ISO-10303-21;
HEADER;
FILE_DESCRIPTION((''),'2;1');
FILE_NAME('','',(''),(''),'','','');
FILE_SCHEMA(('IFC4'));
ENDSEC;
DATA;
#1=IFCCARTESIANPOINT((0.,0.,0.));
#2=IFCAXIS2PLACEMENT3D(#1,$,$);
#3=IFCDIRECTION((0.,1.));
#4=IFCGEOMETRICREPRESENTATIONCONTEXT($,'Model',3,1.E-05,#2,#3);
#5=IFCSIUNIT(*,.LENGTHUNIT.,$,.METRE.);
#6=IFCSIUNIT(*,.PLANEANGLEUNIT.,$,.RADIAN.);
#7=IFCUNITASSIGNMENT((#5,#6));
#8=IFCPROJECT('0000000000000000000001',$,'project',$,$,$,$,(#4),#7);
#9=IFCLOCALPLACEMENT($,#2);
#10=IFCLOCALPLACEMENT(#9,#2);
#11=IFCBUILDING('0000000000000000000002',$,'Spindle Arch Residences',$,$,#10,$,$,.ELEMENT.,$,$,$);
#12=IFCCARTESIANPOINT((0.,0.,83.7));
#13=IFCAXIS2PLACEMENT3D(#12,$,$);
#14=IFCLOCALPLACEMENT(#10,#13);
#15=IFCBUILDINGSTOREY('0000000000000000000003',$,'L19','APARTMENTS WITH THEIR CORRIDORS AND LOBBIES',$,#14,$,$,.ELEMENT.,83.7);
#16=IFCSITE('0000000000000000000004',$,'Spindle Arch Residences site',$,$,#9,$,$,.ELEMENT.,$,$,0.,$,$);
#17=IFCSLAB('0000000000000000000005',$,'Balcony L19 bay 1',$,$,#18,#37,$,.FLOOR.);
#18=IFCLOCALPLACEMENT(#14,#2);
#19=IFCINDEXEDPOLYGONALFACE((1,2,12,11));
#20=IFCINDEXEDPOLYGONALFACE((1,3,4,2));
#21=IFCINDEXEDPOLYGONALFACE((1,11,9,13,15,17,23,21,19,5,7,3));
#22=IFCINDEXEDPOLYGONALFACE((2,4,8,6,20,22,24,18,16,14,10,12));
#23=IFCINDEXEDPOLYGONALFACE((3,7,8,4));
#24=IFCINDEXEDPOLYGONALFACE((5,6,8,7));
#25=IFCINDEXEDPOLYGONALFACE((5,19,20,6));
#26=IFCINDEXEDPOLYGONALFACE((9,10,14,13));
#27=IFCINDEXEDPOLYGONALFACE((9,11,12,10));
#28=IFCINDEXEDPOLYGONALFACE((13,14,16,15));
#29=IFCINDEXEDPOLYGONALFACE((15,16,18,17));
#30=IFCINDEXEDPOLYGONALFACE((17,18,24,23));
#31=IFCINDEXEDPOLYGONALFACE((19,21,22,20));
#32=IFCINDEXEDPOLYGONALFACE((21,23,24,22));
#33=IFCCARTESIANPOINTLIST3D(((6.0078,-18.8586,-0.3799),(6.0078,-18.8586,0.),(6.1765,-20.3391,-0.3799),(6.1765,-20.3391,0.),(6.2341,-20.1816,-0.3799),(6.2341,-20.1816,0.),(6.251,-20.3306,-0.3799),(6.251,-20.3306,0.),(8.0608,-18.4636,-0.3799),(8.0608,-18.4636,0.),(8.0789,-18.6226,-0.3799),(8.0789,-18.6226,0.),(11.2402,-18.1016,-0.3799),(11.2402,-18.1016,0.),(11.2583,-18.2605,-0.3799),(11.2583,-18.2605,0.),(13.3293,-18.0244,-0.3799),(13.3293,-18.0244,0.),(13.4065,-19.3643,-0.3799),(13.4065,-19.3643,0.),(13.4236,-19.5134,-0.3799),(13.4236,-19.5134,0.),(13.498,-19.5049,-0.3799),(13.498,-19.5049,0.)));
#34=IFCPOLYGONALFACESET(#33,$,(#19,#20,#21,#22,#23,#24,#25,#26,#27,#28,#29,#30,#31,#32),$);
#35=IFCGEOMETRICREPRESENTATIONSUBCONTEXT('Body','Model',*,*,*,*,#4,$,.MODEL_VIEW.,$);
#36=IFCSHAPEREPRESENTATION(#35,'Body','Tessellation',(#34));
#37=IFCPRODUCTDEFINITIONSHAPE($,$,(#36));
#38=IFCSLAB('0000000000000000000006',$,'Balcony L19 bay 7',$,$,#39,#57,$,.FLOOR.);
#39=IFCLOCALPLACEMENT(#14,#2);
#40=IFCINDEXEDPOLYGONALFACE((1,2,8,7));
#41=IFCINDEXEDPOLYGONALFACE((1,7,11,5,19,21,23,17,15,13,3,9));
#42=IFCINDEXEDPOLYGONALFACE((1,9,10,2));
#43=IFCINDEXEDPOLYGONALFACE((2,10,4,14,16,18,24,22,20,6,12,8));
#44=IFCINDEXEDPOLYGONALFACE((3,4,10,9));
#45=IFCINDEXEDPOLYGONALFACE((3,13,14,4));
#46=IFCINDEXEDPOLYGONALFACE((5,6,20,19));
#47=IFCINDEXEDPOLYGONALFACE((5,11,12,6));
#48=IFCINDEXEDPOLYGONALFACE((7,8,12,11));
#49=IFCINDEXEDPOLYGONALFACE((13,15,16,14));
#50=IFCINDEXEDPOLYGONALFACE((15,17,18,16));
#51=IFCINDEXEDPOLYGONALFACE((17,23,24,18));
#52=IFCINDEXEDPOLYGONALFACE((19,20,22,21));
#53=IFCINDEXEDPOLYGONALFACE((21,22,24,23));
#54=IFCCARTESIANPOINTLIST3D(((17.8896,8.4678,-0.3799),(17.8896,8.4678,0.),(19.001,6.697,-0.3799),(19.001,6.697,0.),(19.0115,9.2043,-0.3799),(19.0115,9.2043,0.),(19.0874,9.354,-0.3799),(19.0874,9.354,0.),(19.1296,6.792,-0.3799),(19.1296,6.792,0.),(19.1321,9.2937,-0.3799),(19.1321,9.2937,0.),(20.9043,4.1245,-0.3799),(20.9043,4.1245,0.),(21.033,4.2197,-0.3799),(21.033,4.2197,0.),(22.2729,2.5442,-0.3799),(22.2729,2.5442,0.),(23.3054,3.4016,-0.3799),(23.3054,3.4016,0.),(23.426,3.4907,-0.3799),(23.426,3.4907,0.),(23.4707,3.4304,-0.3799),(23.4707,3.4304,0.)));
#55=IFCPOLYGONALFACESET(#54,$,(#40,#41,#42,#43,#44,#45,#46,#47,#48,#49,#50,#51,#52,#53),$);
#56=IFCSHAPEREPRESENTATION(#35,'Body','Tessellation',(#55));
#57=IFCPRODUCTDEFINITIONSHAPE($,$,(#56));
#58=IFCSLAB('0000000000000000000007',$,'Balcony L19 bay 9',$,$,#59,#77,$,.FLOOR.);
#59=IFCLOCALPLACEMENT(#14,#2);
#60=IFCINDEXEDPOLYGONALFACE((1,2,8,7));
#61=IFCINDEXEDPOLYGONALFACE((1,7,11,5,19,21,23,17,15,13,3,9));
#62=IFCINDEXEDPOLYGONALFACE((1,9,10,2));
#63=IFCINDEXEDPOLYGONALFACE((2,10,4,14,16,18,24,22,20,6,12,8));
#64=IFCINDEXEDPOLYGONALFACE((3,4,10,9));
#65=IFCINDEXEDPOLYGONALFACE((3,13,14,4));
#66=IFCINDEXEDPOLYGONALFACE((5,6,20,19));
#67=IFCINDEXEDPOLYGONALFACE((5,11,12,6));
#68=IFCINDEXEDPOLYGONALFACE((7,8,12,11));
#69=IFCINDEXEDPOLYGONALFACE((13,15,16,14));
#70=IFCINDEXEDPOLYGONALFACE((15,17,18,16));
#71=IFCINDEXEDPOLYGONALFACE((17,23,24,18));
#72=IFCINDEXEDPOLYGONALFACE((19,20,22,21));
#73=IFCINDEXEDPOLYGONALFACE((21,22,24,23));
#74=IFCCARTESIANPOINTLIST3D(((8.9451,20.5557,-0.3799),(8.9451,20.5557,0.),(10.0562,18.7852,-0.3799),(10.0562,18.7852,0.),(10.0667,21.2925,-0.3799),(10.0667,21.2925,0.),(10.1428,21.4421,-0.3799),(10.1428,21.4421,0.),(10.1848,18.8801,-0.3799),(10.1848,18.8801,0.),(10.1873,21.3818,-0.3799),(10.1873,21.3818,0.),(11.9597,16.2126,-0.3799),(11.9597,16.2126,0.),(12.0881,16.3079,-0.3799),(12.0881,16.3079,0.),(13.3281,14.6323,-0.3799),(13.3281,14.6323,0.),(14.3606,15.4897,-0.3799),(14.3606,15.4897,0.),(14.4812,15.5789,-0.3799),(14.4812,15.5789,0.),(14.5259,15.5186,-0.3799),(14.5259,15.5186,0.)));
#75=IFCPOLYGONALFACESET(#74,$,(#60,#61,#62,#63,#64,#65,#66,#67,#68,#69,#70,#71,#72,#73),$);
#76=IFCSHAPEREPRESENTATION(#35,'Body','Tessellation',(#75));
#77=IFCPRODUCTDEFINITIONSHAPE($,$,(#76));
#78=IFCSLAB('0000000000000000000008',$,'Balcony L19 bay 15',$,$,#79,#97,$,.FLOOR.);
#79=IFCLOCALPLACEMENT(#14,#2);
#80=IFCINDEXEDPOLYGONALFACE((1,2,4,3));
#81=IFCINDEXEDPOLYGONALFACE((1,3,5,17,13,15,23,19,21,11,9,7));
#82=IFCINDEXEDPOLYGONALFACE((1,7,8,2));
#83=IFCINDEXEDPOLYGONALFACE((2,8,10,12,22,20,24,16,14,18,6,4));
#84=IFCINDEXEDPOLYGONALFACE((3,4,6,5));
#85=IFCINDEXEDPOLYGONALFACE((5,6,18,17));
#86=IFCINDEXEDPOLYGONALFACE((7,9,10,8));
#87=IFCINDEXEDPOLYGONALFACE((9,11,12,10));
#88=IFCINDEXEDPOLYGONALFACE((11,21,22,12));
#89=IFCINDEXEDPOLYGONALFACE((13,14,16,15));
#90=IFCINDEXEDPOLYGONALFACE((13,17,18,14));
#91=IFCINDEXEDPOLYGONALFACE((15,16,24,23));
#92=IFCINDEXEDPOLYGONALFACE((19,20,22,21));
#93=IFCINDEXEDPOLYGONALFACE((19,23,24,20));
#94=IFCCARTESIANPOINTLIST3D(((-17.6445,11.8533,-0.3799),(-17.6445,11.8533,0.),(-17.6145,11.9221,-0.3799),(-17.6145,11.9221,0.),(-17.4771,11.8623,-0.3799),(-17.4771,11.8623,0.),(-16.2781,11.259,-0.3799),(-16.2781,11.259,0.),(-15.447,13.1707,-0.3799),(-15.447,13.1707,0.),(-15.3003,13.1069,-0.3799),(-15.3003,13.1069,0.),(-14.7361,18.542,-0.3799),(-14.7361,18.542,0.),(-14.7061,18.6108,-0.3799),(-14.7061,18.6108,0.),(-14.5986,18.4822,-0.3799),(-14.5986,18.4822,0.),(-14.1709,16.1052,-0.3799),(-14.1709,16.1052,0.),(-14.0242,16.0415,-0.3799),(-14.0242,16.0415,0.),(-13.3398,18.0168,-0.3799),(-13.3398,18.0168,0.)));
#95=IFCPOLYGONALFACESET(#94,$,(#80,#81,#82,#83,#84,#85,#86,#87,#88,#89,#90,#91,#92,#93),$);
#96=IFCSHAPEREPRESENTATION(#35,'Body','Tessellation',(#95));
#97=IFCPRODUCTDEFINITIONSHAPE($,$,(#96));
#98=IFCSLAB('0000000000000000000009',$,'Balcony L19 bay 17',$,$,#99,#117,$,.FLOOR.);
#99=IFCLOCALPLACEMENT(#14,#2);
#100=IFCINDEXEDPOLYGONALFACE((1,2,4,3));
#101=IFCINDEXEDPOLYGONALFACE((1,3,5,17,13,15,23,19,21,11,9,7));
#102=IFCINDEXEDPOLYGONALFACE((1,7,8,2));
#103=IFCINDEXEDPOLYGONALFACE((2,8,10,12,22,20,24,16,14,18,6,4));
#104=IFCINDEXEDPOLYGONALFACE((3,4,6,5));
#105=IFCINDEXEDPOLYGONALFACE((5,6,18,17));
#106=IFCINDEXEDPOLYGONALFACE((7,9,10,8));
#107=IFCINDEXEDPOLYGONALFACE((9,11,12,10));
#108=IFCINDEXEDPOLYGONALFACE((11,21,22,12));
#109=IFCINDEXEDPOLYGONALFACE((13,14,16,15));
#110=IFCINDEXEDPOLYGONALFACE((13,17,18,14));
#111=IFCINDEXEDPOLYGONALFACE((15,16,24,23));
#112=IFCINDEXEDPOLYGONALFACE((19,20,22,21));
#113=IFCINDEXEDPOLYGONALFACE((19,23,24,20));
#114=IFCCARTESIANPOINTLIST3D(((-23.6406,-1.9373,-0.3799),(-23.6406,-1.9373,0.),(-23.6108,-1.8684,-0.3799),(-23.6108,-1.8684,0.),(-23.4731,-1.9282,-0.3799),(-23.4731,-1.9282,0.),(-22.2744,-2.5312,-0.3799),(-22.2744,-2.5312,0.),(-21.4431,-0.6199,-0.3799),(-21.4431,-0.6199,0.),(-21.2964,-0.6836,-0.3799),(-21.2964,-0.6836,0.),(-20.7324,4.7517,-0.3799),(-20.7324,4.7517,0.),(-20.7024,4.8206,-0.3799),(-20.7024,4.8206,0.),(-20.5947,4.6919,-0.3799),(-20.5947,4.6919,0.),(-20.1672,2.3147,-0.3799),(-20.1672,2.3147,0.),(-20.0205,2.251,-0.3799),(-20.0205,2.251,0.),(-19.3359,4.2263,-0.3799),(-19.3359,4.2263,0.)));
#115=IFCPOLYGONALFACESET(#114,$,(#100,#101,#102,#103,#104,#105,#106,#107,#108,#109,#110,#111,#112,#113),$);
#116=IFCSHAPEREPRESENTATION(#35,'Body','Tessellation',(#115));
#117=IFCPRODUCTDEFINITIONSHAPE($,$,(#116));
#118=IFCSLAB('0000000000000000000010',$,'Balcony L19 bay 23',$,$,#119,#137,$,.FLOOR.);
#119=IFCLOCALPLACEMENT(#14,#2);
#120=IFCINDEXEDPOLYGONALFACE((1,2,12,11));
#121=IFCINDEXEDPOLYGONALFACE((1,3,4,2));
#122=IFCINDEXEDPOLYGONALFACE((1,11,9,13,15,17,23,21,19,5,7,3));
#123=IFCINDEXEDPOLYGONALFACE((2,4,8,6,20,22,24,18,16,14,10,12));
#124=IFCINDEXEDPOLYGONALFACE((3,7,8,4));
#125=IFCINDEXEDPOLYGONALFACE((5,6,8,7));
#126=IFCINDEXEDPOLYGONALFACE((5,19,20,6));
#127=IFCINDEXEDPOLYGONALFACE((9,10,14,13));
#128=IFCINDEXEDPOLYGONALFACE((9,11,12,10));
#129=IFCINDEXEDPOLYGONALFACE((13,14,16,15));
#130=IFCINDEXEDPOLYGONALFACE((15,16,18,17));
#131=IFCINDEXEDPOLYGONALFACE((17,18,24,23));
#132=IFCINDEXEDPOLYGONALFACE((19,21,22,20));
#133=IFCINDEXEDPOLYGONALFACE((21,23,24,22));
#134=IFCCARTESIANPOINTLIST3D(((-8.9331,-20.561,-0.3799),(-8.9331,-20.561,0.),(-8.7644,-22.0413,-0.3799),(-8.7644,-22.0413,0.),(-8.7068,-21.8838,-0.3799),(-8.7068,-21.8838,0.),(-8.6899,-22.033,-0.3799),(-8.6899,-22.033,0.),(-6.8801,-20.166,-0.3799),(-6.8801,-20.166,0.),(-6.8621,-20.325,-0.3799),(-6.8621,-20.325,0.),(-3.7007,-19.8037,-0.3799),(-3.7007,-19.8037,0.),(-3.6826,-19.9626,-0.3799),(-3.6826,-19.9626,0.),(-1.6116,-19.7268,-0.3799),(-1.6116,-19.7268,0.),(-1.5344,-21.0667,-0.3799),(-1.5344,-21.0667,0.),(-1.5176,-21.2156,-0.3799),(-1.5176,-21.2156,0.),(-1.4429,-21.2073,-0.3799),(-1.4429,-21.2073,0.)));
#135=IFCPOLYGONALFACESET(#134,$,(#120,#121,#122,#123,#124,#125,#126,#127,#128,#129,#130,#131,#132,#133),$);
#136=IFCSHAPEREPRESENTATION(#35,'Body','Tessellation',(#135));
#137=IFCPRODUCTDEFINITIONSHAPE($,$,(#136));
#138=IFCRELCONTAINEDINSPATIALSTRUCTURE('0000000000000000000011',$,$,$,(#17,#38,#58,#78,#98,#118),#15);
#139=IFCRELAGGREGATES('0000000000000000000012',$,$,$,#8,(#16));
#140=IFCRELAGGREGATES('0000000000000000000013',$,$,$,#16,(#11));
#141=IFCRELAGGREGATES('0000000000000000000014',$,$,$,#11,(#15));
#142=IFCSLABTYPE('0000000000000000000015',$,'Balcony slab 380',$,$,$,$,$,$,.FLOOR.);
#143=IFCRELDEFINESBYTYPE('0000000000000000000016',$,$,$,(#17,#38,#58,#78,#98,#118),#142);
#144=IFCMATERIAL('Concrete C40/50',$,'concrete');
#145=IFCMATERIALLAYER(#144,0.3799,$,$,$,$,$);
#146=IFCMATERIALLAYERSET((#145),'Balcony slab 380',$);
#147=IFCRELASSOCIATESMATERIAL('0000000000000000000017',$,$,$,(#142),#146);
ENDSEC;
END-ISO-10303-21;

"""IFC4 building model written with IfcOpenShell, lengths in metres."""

from ifc_helpers import new_model, si_unit, direction, frame, origin, place, context, subcontext, project, spatial, polyline, outline, extrude, material, layer, layer_set, type_object, element, save


model = new_model("IFC4")

# Units and contexts
model_context = context("Model", 3, precision=1e-05, world=origin(), true_north=direction((0.0, 1.0)))
body_context = subcontext(model_context, "Body", "Model", "MODEL_VIEW")
ifc_project = project(units=[si_unit("LENGTHUNIT", "METRE"), si_unit("PLANEANGLEUNIT", "RADIAN")], contexts=[model_context])

# Site, building, storey
site_placement = place(None, origin())
site = spatial("IfcSite", under=ifc_project, at=site_placement, Name="Spindle Arch Residences site", CompositionType="ELEMENT", RefElevation=0.0)
building_placement = place(site_placement, origin())
building = spatial("IfcBuilding", under=site, at=building_placement, Name="Spindle Arch Residences", CompositionType="ELEMENT")
storey_placement = place(building_placement, frame((0.0, 0.0, 83.7)))
storey = spatial("IfcBuildingStorey", under=building, at=storey_placement, Name="L19", Description="APARTMENTS WITH THEIR CORRIDORS AND LOBBIES", CompositionType="ELEMENT", Elevation=83.7)

# Slabs
ifc_material_1 = material(Name="Concrete C40/50", Category="concrete")
ifc_layer_1 = layer(ifc_material_1, 0.3799)
ifc_layer_set_1 = layer_set([ifc_layer_1], Name="Balcony slab 380")
slab_type_1 = type_object("IfcSlabType", Name="Balcony slab 380", PredefinedType="FLOOR", material=ifc_layer_set_1)
slab_1_placement = place(storey_placement, frame((0.0, 0.0, -0.3799)))
element("IfcSlab", 1, at=slab_1_placement, inside=storey, type_object=slab_type_1, Name="Balcony L19 bay 1", PredefinedType="FLOOR", context=body_context, shape_type="SweptSolid", body=[
    extrude(outline(polyline([(6.1765, -20.3391), (6.251, -20.3306), (6.2341, -20.1816), (13.4065, -19.3643), (13.4236, -19.5134), (13.498, -19.5049), (13.3293, -18.0244), (11.2583, -18.2605), (11.2402, -18.1016), (8.0608, -18.4636), (8.0789, -18.6226), (6.0078, -18.8586), (6.1765, -20.3391)])), origin(), (0.0, 0.0, 1.0), 0.3799),
])
slab_2_placement = place(storey_placement, frame((0.0, 0.0, -0.3799)))
element("IfcSlab", 2, at=slab_2_placement, inside=storey, type_object=slab_type_1, Name="Balcony L19 bay 7", PredefinedType="FLOOR", context=body_context, shape_type="SweptSolid", body=[
    extrude(outline(polyline([(23.4707, 3.4304), (23.426, 3.4907), (23.3054, 3.4016), (19.0115, 9.2043), (19.1321, 9.2937), (19.0874, 9.354), (17.8896, 8.4678), (19.1296, 6.792), (19.001, 6.697), (20.9043, 4.1245), (21.033, 4.2197), (22.2729, 2.5442), (23.4707, 3.4304)])), origin(), (0.0, 0.0, 1.0), 0.3799),
])
slab_3_placement = place(storey_placement, frame((0.0, 0.0, -0.3799)))
element("IfcSlab", 3, at=slab_3_placement, inside=storey, type_object=slab_type_1, Name="Balcony L19 bay 9", PredefinedType="FLOOR", context=body_context, shape_type="SweptSolid", body=[
    extrude(outline(polyline([(14.5259, 15.5186), (14.4812, 15.5789), (14.3606, 15.4897), (10.0667, 21.2925), (10.1873, 21.3818), (10.1428, 21.4421), (8.9451, 20.5557), (10.1848, 18.8801), (10.0562, 18.7852), (11.9597, 16.2126), (12.0881, 16.3079), (13.3281, 14.6323), (14.5259, 15.5186)])), origin(), (0.0, 0.0, 1.0), 0.3799),
])
slab_4_placement = place(storey_placement, frame((0.0, 0.0, -0.3799)))
element("IfcSlab", 4, at=slab_4_placement, inside=storey, type_object=slab_type_1, Name="Balcony L19 bay 15", PredefinedType="FLOOR", context=body_context, shape_type="SweptSolid", body=[
    extrude(outline(polyline([(-14.7061, 18.6108), (-14.7361, 18.542), (-14.5986, 18.4822), (-17.4771, 11.8623), (-17.6145, 11.9221), (-17.6445, 11.8533), (-16.2781, 11.259), (-15.447, 13.1707), (-15.3003, 13.1069), (-14.0242, 16.0415), (-14.1709, 16.1052), (-13.3398, 18.0168), (-14.7061, 18.6108)])), origin(), (0.0, 0.0, 1.0), 0.3799),
])
slab_5_placement = place(storey_placement, frame((0.0, 0.0, -0.3799)))
element("IfcSlab", 5, at=slab_5_placement, inside=storey, type_object=slab_type_1, Name="Balcony L19 bay 17", PredefinedType="FLOOR", context=body_context, shape_type="SweptSolid", body=[
    extrude(outline(polyline([(-20.7024, 4.8206), (-20.7324, 4.7517), (-20.5947, 4.6919), (-23.4731, -1.9282), (-23.6108, -1.8684), (-23.6406, -1.9373), (-22.2744, -2.5312), (-21.4431, -0.6199), (-21.2964, -0.6836), (-20.0205, 2.251), (-20.1672, 2.3147), (-19.3359, 4.2263), (-20.7024, 4.8206)])), origin(), (0.0, 0.0, 1.0), 0.3799),
])
slab_6_placement = place(storey_placement, frame((0.0, 0.0, -0.3799)))
element("IfcSlab", 6, at=slab_6_placement, inside=storey, type_object=slab_type_1, Name="Balcony L19 bay 23", PredefinedType="FLOOR", context=body_context, shape_type="SweptSolid", body=[
    extrude(outline(polyline([(-8.7644, -22.0413), (-8.6899, -22.033), (-8.7068, -21.8838), (-1.5344, -21.0667), (-1.5176, -21.2156), (-1.4429, -21.2073), (-1.6116, -19.7268), (-3.6826, -19.9626), (-3.7007, -19.8037), (-6.8801, -20.166), (-6.8621, -20.325), (-8.9331, -20.561), (-8.7644, -22.0413)])), origin(), (0.0, 0.0, 1.0), 0.3799),
])

save(model, "model.ifc")
